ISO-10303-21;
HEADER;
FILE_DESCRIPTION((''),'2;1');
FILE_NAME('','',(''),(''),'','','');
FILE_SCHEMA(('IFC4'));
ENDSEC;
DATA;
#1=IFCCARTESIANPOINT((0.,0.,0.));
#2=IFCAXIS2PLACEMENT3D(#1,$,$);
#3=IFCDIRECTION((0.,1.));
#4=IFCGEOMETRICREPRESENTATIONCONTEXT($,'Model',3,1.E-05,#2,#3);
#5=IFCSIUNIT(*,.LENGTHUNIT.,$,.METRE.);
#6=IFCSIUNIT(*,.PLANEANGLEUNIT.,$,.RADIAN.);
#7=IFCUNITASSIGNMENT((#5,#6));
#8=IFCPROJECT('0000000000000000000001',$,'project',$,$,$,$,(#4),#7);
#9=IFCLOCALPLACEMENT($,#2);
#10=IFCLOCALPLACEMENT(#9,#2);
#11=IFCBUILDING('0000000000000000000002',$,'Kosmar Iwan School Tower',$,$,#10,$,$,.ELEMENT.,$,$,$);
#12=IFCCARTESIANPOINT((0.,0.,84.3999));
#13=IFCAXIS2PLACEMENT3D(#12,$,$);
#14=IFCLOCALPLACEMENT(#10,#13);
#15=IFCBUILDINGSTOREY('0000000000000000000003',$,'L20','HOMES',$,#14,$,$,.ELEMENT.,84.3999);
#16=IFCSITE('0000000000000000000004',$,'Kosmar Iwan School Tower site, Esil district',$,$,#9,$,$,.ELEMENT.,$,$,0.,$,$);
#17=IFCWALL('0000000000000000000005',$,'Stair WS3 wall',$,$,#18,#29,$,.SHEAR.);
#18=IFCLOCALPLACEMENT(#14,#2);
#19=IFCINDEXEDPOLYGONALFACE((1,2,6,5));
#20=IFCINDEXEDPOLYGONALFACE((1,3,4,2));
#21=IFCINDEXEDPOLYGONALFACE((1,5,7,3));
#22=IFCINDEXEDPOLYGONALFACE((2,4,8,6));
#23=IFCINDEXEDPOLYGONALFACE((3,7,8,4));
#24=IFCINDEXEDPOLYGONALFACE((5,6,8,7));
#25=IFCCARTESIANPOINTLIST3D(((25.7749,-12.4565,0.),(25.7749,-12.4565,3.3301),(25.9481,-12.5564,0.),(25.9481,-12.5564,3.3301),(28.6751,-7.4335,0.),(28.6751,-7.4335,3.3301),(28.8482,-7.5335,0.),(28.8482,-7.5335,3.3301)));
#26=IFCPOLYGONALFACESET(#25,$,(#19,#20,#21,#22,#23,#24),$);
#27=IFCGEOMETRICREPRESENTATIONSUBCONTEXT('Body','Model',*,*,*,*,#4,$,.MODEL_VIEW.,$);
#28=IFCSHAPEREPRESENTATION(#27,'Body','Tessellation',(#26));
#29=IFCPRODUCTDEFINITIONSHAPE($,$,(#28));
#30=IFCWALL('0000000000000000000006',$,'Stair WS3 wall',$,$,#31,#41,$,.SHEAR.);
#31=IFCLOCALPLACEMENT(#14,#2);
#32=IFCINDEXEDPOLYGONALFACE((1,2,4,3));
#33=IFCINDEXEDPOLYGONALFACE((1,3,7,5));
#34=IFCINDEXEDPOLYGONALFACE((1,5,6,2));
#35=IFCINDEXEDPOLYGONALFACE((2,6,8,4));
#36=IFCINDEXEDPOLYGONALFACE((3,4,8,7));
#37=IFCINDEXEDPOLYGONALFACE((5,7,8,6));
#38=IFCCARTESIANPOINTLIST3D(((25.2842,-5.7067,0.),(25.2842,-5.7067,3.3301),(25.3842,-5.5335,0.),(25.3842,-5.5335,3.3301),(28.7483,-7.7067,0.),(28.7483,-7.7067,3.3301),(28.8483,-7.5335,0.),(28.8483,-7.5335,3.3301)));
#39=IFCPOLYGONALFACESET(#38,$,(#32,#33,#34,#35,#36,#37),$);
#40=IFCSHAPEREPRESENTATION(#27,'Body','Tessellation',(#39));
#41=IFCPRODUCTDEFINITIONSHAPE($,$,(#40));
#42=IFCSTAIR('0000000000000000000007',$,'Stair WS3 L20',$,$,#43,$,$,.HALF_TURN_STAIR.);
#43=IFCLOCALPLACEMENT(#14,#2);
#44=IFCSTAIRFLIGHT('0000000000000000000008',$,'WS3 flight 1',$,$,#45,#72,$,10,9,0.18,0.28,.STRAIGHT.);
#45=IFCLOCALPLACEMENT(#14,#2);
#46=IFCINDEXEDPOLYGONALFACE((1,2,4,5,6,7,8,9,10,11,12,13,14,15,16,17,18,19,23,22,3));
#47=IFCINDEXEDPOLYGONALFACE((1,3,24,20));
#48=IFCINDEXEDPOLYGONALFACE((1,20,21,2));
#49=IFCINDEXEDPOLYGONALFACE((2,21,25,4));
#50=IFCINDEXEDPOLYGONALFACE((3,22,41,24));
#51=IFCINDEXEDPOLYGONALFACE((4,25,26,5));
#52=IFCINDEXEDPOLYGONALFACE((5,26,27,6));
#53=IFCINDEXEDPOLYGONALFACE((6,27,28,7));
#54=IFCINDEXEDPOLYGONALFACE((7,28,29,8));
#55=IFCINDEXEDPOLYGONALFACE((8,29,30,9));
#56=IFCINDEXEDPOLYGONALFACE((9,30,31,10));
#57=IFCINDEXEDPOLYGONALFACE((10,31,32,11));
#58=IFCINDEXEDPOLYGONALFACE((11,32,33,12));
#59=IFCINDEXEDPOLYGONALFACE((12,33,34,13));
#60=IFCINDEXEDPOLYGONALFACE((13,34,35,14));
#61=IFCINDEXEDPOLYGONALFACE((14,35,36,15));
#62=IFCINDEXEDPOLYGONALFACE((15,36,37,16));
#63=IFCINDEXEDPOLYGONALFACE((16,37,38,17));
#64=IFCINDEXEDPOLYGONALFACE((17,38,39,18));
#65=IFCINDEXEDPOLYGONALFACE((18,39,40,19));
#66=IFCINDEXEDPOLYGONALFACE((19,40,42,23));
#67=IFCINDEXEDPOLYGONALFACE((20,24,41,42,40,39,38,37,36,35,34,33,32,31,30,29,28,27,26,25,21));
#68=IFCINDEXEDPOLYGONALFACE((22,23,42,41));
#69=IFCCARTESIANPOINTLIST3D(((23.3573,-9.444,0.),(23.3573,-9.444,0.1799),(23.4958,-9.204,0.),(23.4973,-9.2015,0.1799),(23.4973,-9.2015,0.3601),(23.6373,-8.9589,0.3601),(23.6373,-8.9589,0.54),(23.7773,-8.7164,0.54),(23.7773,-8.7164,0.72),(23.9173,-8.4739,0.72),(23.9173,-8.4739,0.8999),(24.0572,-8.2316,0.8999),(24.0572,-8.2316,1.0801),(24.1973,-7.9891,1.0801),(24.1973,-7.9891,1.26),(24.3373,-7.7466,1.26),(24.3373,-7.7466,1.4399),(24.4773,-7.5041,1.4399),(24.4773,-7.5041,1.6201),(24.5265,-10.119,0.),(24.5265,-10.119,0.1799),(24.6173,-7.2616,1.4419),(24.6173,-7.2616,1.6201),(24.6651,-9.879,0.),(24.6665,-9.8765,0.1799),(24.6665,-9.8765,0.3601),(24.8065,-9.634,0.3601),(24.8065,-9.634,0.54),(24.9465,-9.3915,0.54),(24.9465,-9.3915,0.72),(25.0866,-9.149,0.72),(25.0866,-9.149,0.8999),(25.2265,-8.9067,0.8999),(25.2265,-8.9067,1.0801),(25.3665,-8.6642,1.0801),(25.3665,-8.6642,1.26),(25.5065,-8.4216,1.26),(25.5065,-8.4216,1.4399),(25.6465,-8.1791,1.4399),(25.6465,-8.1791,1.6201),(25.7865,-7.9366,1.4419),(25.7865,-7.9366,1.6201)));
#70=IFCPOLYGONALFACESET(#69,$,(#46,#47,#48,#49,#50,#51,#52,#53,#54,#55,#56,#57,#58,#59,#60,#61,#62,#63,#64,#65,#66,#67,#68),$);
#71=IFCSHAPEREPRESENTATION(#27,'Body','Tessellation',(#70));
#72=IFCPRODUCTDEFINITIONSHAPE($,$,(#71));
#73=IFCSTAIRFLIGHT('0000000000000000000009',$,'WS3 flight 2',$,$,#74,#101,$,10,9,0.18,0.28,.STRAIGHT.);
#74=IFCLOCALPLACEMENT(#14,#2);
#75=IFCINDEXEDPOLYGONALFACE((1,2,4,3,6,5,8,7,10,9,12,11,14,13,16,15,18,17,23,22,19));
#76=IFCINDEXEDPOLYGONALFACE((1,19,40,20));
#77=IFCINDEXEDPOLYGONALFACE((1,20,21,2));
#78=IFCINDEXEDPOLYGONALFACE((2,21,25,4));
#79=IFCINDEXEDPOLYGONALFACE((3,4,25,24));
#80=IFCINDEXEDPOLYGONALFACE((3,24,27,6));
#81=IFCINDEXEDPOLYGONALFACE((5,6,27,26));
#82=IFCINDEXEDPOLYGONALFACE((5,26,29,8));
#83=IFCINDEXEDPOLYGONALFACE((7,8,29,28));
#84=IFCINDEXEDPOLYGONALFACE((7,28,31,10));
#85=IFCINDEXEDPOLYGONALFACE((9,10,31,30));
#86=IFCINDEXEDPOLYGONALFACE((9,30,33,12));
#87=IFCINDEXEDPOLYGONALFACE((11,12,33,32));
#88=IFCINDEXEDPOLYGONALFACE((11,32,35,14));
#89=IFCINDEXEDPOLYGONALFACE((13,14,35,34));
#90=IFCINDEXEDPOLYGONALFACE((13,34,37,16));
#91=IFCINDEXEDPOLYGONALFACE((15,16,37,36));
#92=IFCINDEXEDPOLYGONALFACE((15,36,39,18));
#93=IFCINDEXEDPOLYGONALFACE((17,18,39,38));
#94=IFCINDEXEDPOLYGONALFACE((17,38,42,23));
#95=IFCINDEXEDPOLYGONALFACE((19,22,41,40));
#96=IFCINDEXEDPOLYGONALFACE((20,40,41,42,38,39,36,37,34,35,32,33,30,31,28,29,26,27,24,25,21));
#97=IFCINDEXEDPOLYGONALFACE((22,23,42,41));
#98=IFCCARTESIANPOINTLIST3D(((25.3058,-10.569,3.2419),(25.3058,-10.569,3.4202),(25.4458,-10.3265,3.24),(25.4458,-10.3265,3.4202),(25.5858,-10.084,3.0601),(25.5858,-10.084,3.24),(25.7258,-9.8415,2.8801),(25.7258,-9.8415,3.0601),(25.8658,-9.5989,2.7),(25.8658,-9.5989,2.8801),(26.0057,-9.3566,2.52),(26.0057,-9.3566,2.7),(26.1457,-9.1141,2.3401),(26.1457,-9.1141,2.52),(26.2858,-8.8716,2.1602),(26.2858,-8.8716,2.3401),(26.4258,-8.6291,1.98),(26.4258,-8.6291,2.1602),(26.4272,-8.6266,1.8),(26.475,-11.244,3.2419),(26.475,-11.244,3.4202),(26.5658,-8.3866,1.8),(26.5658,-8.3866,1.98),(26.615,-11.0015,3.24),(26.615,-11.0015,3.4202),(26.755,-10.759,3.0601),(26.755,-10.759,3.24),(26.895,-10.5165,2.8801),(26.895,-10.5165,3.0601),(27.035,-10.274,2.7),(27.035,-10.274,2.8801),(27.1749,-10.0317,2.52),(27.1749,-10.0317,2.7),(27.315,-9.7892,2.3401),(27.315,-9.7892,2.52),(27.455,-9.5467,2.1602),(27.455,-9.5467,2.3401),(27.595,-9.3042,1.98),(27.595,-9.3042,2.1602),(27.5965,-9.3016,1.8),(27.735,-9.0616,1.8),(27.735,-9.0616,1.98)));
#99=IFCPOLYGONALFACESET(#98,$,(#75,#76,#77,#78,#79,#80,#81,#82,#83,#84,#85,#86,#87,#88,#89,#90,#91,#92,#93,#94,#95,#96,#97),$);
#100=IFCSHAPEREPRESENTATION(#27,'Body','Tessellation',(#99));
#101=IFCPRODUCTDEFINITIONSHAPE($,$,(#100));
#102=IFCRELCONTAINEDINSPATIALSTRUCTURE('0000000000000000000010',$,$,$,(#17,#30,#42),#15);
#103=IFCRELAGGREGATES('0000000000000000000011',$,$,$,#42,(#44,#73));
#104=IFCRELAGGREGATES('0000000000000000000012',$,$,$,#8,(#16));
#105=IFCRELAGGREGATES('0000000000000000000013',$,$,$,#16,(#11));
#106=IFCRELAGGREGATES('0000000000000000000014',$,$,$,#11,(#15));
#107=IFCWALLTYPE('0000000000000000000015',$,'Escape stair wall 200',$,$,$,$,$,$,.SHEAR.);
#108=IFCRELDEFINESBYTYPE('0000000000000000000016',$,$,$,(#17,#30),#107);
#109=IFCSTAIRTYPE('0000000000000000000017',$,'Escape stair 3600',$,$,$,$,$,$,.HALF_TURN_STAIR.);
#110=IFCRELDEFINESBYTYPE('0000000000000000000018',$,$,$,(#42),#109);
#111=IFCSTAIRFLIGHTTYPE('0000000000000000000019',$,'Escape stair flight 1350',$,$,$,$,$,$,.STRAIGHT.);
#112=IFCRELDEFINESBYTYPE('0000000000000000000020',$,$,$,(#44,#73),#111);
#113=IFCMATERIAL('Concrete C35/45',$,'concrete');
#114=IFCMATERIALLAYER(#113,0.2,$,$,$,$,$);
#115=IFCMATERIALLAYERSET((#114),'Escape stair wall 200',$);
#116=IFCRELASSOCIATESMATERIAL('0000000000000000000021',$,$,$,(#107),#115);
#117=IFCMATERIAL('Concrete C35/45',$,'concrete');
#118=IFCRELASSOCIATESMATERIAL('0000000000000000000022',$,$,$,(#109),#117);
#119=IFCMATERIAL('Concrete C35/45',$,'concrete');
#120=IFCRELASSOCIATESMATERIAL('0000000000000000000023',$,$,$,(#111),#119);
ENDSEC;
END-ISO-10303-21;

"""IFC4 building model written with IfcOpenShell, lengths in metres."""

from ifc_helpers import new_model, si_unit, direction, frame, frame_2d, origin, place, context, subcontext, project, spatial, polyline, rectangle, outline, extrude, material, layer, layer_set, type_object, element, aggregate, save


model = new_model("IFC4")

# Units and contexts
model_context = context("Model", 3, precision=1e-05, world=origin(), true_north=direction((0.0, 1.0)))
body_context = subcontext(model_context, "Body", "Model", "MODEL_VIEW")
ifc_project = project(units=[si_unit("LENGTHUNIT", "METRE"), si_unit("PLANEANGLEUNIT", "RADIAN")], contexts=[model_context])

# Site, building, storey
site_placement = place(None, origin())
site = spatial("IfcSite", under=ifc_project, at=site_placement, Name="Kosmar Iwan School Tower site, Esil district", CompositionType="ELEMENT", RefElevation=0.0)
building_placement = place(site_placement, origin())
building = spatial("IfcBuilding", under=site, at=building_placement, Name="Kosmar Iwan School Tower", CompositionType="ELEMENT")
storey_placement = place(building_placement, frame((0.0, 0.0, 84.3999)))
storey = spatial("IfcBuildingStorey", under=building, at=storey_placement, Name="L20", Description="HOMES", CompositionType="ELEMENT", Elevation=84.3999)

# Walls
ifc_material_1 = material(Name="Concrete C35/45", Category="concrete")
ifc_layer_1 = layer(ifc_material_1, 0.2)
ifc_layer_set_1 = layer_set([ifc_layer_1], Name="Escape stair wall 200")
wall_type_1 = type_object("IfcWallType", Name="Escape stair wall 200", PredefinedType="SHEAR", material=ifc_layer_set_1)
for number, where, z_axis, x_axis, name in (
    (1, (25.8616, -12.5063, 0.0), (0.0, 0.0, 1.0), (0.500019, 0.866015, 0.0), "Stair WS3 wall"),
):
    element("IfcWall", number, at=place(storey_placement, frame(where, z_axis=z_axis, x_axis=x_axis)), inside=storey, type_object=wall_type_1, Name=name, PredefinedType="SHEAR", context=body_context, shape_type="SweptSolid", body=[
        extrude(rectangle(XDim=5.8, YDim=0.2, at=frame_2d((2.8999, 0.0))), origin(), (0.0, 0.0, 1.0), 3.3301),
    ])
wall_1_placement = place(storey_placement, frame((25.3342, -5.6201, 0.0), z_axis=(0.0, 0.0, 1.0), x_axis=(0.866026, -0.499999, 0.0)))
element("IfcWall", 2, at=wall_1_placement, inside=storey, type_object=wall_type_1, Name="Stair WS3 wall", PredefinedType="SHEAR", context=body_context, shape_type="SweptSolid", body=[
    extrude(rectangle(XDim=4.0, YDim=0.2, at=frame_2d((2.0, 0.0))), origin(), (0.0, 0.0, 1.0), 3.3301),
])

# Stair, stair flights
ifc_material_2 = material(Name="Concrete C35/45", Category="concrete")
stair_type = type_object("IfcStairType", Name="Escape stair 3600", PredefinedType="HALF_TURN_STAIR", material=ifc_material_2)
stair_placement = place(storey_placement, origin())
stair = element("IfcStair", 3, at=stair_placement, inside=storey, type_object=stair_type, Name="Stair WS3 L20", PredefinedType="HALF_TURN_STAIR")
ifc_material_3 = material(Name="Concrete C35/45", Category="concrete")
stair_flight_type = type_object("IfcStairFlightType", Name="Escape stair flight 1350", PredefinedType="STRAIGHT", material=ifc_material_3)
stair_flight_1_placement = place(storey_placement, frame((23.9419, -9.7815, 0.0), z_axis=(0.0, 0.0, 1.0), x_axis=(0.5, 0.866025, 0.0)))
stair_flight_1 = element("IfcStairFlight", 4, at=stair_flight_1_placement, type_object=stair_flight_type, Name="WS3 flight 1", NumberOfRisers=10, NumberOfTreads=9, PredefinedType="STRAIGHT", RiserHeight=0.18, TreadLength=0.28, context=body_context, shape_type="SweptSolid", body=[
    extrude(outline(polyline([(0.0, 0.0), (0.0, 0.1799), (0.28, 0.1799), (0.28, 0.3601), (0.5601, 0.3601), (0.5601, 0.54), (0.8401, 0.54), (0.8401, 0.72), (1.1201, 0.72), (1.1201, 0.8999), (1.3999, 0.8999), (1.3999, 1.0801), (1.6799, 1.0801), (1.6799, 1.26), (1.96, 1.26), (1.96, 1.4399), (2.24, 1.4399), (2.24, 1.6201), (2.52, 1.6201), (2.52, 1.8), (2.52, 1.4419), (0.2771, 0.0), (0.0, 0.0)])), frame((0.0, 0.675, 0.0), z_axis=(0.0, -1.0, 0.0), x_axis=(1.0, 0.0, 0.0)), (0.0, 0.0, 1.0), 1.3501),
])
stair_flight_2_placement = place(storey_placement, frame((27.1504, -8.7241, 1.8), z_axis=(0.0, 0.0, 1.0), x_axis=(-0.5, -0.866025, 0.0)))
stair_flight_2 = element("IfcStairFlight", 5, at=stair_flight_2_placement, type_object=stair_flight_type, Name="WS3 flight 2", NumberOfRisers=10, NumberOfTreads=9, PredefinedType="STRAIGHT", RiserHeight=0.18, TreadLength=0.28, context=body_context, shape_type="SweptSolid", body=[
    extrude(outline(polyline([(0.0, 0.0), (0.0, 0.1799), (0.28, 0.1799), (0.28, 0.3601), (0.5601, 0.3601), (0.5601, 0.54), (0.8401, 0.54), (0.8401, 0.72), (1.1201, 0.72), (1.1201, 0.8999), (1.3999, 0.8999), (1.3999, 1.0801), (1.6799, 1.0801), (1.6799, 1.26), (1.96, 1.26), (1.96, 1.4399), (2.24, 1.4399), (2.24, 1.6201), (2.52, 1.6201), (2.52, 1.8), (2.52, 1.4419), (0.2771, 0.0), (0.0, 0.0)])), frame((0.0, 0.675, 0.0), z_axis=(0.0, -1.0, 0.0), x_axis=(1.0, 0.0, 0.0)), (0.0, 0.0, 1.0), 1.3501),
])
aggregate(stair, [stair_flight_1, stair_flight_2])

save(model, "model.ifc")
